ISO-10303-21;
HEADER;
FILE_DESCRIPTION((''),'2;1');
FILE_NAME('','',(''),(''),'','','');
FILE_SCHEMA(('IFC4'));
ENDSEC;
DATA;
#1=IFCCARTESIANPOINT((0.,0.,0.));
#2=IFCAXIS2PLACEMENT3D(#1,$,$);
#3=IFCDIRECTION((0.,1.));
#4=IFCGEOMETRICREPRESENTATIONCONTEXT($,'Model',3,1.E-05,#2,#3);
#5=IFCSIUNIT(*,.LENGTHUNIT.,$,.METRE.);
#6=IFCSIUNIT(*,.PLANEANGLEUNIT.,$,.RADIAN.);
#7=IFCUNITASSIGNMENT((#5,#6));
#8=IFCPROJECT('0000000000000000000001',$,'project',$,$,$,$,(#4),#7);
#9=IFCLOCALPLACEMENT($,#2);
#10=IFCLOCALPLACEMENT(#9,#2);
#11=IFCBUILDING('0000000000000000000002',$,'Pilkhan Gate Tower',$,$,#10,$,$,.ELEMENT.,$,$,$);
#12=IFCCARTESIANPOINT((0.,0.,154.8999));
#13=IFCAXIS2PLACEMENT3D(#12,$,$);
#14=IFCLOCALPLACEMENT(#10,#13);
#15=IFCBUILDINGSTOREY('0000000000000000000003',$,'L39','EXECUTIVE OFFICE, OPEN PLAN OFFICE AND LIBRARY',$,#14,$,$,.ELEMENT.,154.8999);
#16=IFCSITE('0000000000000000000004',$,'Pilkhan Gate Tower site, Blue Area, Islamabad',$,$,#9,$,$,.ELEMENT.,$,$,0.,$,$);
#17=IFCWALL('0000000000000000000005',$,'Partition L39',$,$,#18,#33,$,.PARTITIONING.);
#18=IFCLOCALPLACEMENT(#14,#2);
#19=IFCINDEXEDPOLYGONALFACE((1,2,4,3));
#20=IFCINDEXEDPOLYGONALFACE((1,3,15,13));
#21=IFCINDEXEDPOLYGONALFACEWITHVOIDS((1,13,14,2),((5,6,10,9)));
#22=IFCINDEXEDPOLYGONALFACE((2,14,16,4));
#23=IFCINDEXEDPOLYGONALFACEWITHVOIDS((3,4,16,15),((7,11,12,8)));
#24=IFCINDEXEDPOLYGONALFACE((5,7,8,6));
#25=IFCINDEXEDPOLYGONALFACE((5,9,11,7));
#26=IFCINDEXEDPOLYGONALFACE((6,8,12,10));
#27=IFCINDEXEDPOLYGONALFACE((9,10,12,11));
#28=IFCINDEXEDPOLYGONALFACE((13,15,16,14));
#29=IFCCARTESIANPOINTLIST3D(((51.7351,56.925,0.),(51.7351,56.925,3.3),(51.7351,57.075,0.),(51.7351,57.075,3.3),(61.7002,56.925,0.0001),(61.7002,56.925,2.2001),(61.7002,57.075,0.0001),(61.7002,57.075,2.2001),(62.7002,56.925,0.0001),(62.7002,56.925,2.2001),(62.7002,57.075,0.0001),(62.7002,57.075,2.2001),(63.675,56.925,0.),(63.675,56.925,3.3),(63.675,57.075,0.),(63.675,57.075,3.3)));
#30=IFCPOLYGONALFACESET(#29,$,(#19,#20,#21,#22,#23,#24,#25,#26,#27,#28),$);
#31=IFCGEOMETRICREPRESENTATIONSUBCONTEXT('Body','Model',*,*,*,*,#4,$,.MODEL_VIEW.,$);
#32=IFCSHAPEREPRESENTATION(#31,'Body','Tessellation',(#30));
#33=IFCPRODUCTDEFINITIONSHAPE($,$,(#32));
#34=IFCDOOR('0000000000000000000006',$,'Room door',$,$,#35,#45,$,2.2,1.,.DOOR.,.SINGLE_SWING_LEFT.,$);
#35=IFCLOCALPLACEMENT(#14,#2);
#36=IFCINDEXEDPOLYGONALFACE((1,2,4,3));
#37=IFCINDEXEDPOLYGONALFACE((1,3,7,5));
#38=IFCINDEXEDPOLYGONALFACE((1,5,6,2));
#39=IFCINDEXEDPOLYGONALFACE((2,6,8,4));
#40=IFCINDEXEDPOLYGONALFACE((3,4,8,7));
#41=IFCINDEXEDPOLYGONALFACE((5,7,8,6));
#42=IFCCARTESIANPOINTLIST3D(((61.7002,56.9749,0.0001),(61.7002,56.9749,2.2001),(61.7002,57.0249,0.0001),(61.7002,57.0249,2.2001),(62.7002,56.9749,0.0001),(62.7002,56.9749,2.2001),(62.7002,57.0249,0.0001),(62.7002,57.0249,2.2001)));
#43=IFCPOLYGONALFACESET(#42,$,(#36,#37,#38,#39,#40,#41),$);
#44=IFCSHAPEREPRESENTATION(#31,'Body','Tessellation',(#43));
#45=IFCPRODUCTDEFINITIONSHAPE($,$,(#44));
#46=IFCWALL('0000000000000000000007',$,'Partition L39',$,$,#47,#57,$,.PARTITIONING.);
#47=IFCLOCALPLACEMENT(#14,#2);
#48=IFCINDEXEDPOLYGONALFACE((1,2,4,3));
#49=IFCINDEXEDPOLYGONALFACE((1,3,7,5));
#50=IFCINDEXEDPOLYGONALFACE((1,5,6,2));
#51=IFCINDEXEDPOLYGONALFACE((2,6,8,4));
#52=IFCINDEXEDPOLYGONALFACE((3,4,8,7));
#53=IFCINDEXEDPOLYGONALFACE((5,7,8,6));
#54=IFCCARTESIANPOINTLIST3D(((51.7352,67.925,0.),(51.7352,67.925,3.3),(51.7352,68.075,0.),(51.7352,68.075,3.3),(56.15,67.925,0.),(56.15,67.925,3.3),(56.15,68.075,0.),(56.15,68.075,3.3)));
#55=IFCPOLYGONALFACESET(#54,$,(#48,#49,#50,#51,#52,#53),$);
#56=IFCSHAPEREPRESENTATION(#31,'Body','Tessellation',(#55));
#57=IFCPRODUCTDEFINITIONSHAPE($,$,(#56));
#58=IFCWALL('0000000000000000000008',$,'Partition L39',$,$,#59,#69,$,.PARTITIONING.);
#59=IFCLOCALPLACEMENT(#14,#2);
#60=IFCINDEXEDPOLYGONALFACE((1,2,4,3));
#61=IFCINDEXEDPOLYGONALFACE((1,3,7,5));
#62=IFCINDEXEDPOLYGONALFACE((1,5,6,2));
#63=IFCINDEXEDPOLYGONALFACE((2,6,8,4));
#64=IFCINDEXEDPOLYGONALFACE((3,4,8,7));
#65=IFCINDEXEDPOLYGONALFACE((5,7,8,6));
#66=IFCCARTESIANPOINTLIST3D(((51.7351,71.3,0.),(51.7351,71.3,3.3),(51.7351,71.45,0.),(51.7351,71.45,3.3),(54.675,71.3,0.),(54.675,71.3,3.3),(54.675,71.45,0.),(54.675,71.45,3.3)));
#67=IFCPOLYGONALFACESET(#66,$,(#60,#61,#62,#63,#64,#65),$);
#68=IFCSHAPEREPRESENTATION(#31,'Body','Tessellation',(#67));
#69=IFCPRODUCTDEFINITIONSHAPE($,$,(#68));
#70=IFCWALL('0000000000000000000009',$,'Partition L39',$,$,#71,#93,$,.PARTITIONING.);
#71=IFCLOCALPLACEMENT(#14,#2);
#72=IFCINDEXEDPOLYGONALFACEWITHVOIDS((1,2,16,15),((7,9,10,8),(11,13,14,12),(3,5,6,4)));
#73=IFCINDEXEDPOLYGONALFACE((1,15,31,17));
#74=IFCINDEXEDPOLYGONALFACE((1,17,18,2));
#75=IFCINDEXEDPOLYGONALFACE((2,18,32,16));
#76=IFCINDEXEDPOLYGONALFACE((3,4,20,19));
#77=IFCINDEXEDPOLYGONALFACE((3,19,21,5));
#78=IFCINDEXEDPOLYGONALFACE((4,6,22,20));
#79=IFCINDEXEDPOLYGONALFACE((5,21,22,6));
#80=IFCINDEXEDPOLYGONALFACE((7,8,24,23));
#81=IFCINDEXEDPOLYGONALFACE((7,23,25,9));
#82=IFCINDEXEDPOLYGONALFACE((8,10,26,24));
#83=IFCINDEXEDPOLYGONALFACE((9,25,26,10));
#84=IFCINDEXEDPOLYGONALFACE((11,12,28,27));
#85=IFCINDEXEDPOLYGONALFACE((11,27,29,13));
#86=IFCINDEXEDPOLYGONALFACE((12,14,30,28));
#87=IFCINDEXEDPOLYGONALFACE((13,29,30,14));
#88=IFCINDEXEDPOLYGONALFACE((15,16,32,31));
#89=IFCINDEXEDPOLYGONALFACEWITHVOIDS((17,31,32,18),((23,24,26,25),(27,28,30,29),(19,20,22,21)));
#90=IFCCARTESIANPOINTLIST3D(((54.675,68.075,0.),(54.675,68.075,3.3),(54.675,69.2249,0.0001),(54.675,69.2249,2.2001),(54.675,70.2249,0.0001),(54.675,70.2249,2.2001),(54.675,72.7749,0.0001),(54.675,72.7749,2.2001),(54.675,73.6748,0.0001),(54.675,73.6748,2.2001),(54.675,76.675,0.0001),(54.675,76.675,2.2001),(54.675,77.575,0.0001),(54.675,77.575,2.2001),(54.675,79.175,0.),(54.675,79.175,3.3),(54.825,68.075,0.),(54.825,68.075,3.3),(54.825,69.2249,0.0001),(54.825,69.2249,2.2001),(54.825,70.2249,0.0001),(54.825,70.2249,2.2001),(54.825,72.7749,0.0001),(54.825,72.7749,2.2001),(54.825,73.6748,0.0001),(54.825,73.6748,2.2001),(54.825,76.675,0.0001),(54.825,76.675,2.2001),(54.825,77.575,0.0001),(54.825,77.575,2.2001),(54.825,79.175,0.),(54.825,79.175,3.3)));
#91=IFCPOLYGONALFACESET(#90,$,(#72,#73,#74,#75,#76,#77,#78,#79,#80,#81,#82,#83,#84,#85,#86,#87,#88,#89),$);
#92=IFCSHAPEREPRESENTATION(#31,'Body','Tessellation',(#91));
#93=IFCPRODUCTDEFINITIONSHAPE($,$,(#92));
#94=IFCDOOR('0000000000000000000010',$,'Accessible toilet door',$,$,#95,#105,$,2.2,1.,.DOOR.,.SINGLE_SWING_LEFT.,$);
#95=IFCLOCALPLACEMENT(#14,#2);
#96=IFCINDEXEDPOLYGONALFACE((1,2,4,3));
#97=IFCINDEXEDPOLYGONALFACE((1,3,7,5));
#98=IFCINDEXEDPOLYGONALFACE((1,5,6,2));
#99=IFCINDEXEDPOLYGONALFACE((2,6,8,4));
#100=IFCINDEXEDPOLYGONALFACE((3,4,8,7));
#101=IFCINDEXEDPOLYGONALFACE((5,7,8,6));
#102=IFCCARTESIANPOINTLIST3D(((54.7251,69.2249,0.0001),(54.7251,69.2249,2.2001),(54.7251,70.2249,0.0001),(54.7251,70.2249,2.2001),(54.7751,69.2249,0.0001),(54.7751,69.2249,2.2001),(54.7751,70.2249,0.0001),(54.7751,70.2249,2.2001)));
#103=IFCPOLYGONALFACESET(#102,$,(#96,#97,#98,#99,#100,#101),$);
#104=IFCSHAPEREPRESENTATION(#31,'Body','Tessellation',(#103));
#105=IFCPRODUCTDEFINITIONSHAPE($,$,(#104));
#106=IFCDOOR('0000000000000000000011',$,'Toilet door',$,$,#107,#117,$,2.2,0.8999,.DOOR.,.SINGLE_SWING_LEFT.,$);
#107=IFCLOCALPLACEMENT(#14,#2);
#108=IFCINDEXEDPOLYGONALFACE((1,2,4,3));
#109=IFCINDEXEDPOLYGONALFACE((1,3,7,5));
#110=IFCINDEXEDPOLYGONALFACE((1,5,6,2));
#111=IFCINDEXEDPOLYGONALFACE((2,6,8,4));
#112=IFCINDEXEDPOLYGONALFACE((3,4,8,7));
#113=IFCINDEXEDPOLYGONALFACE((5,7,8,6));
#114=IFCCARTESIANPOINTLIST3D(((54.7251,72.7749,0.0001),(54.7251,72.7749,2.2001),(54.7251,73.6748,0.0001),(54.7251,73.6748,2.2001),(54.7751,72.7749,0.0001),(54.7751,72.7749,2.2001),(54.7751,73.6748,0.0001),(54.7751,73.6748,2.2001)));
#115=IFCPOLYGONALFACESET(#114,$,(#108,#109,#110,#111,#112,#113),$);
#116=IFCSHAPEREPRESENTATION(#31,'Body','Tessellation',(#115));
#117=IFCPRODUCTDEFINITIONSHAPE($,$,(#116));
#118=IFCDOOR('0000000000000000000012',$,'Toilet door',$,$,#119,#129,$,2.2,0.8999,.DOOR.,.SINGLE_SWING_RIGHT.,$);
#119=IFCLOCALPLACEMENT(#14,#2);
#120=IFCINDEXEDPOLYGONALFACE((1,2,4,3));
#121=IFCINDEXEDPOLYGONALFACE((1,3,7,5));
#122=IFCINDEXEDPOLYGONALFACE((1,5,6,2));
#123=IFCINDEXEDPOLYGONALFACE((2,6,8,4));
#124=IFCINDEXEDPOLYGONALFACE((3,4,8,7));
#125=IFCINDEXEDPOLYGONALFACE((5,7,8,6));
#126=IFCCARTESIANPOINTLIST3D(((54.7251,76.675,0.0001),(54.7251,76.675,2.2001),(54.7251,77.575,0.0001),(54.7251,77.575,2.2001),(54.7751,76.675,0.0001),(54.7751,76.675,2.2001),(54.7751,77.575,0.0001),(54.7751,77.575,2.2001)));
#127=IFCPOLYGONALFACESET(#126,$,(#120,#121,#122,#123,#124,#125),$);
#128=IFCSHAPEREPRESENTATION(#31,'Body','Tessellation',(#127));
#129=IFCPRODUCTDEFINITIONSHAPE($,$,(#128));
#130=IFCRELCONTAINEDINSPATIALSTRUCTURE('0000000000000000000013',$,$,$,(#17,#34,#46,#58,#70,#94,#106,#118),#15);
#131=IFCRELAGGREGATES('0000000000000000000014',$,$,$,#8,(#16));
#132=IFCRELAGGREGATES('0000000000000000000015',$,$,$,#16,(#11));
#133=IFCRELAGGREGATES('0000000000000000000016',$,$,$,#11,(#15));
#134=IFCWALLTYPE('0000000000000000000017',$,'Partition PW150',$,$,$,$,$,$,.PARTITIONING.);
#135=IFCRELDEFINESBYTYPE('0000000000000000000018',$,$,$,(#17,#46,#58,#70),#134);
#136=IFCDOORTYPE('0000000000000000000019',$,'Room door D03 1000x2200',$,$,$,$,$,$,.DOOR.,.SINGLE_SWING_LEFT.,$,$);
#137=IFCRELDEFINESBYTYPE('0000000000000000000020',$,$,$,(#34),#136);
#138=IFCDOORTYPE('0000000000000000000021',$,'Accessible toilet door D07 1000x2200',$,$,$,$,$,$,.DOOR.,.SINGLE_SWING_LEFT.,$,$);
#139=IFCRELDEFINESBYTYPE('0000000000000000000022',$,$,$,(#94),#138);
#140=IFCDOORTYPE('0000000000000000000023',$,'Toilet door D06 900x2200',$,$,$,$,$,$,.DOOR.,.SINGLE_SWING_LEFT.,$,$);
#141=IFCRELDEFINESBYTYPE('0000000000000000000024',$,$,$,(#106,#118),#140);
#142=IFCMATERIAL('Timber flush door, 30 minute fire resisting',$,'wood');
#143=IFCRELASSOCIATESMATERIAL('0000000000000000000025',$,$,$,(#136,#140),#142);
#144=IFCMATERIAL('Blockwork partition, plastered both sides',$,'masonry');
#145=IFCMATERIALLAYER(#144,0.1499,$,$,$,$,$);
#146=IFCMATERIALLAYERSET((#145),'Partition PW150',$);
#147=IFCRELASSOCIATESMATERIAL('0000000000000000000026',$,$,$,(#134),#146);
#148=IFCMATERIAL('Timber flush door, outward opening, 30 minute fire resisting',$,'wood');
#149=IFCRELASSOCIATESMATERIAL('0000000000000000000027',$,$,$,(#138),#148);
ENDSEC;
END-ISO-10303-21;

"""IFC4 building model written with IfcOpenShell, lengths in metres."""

from ifc_helpers import new_model, si_unit, direction, frame, frame_2d, origin, place, context, subcontext, project, spatial, rectangle, extrude, material, layer, layer_set, type_object, element, fill, save


model = new_model("IFC4")

# Units and contexts
model_context = context("Model", 3, precision=1e-05, world=origin(), true_north=direction((0.0, 1.0)))
body_context = subcontext(model_context, "Body", "Model", "MODEL_VIEW")
ifc_project = project(units=[si_unit("LENGTHUNIT", "METRE"), si_unit("PLANEANGLEUNIT", "RADIAN")], contexts=[model_context])

# Site, building, storey
site_placement = place(None, origin())
site = spatial("IfcSite", under=ifc_project, at=site_placement, Name="Pilkhan Gate Tower site, Blue Area, Islamabad", CompositionType="ELEMENT", RefElevation=0.0)
building_placement = place(site_placement, origin())
building = spatial("IfcBuilding", under=site, at=building_placement, Name="Pilkhan Gate Tower", CompositionType="ELEMENT")
storey_placement = place(building_placement, frame((0.0, 0.0, 154.8999)))
storey = spatial("IfcBuildingStorey", under=building, at=storey_placement, Name="L39", Description="EXECUTIVE OFFICE, OPEN PLAN OFFICE AND LIBRARY", CompositionType="ELEMENT", Elevation=154.8999)

# Shared definitions
ifc_material_1 = material(Name="Timber flush door, 30 minute fire resisting", Category="wood")
door_type_1 = type_object("IfcDoorType", Name="Room door D03 1000x2200", OperationType="SINGLE_SWING_LEFT", PredefinedType="DOOR", material=ifc_material_1)

# Wall, opening, door
ifc_material_2 = material(Name="Blockwork partition, plastered both sides", Category="masonry")
ifc_layer_1 = layer(ifc_material_2, 0.1499)
ifc_layer_set_1 = layer_set([ifc_layer_1], Name="Partition PW150")
wall_type_1 = type_object("IfcWallType", Name="Partition PW150", PredefinedType="PARTITIONING", material=ifc_layer_set_1)
wall_1_placement = place(storey_placement, frame((51.7351, 57.0, 0.0), z_axis=(0.0, 0.0, 1.0), x_axis=(1.0, 0.0, 0.0)))
wall_1 = element("IfcWall", 1, at=wall_1_placement, inside=storey, type_object=wall_type_1, Name="Partition L39", PredefinedType="PARTITIONING", context=body_context, shape_type="SweptSolid", body=[
    extrude(rectangle(XDim=11.9399, YDim=0.1499, at=frame_2d((5.97, 0.0))), origin(), (0.0, 0.0, 1.0), 3.3),
])
opening_1_placement = place(wall_1_placement, frame((9.9651, 0.0, 0.0)))
opening_1 = element("IfcOpeningElement", 2, at=opening_1_placement, cuts=wall_1, PredefinedType="OPENING", context=body_context, shape_type="SweptSolid", body=[
    extrude(rectangle(XDim=1.0, YDim=2.2, at=frame_2d((0.5, 1.1001))), frame((0.0, 0.085, 0.0), z_axis=(0.0, -1.0, 0.0), x_axis=(1.0, 0.0, 0.0)), (0.0, 0.0, 1.0), 0.1699),
])
door_1_placement = place(opening_1_placement, origin())
door_1 = element("IfcDoor", 3, at=door_1_placement, inside=storey, type_object=door_type_1, Name="Room door", OperationType="SINGLE_SWING_LEFT", OverallHeight=2.2, OverallWidth=1.0, PredefinedType="DOOR", context=body_context, shape_type="SweptSolid", body=[
    extrude(rectangle(XDim=1.0, YDim=2.2, at=frame_2d((0.5, 1.1001))), frame((0.0, 0.0249, 0.0), z_axis=(0.0, -1.0, 0.0), x_axis=(1.0, 0.0, 0.0)), (0.0, 0.0, 1.0), 0.05),
])
fill(opening_1, door_1)

# Walls
wall_2_placement = place(storey_placement, frame((51.7351, 68.0, 0.0), z_axis=(0.0, 0.0, 1.0), x_axis=(1.0, 0.0, 0.0)))
element("IfcWall", 4, at=wall_2_placement, inside=storey, type_object=wall_type_1, Name="Partition L39", PredefinedType="PARTITIONING", context=body_context, shape_type="SweptSolid", body=[
    extrude(rectangle(XDim=4.4148, YDim=0.1499, at=frame_2d((2.2075, 0.0))), origin(), (0.0, 0.0, 1.0), 3.3),
])
wall_3_placement = place(storey_placement, frame((51.7351, 71.375, 0.0), z_axis=(0.0, 0.0, 1.0), x_axis=(1.0, 0.0, 0.0)))
element("IfcWall", 5, at=wall_3_placement, inside=storey, type_object=wall_type_1, Name="Partition L39", PredefinedType="PARTITIONING", context=body_context, shape_type="SweptSolid", body=[
    extrude(rectangle(XDim=2.9399, YDim=0.1499, at=frame_2d((1.47, 0.0))), origin(), (0.0, 0.0, 1.0), 3.3),
])

# Wall, openings, doors
wall_4_placement = place(storey_placement, frame((54.75, 68.075, 0.0), z_axis=(0.0, 0.0, 1.0), x_axis=(0.0, 1.0, 0.0)))
wall_4 = element("IfcWall", 6, at=wall_4_placement, inside=storey, type_object=wall_type_1, Name="Partition L39", PredefinedType="PARTITIONING", context=body_context, shape_type="SweptSolid", body=[
    extrude(rectangle(XDim=11.1001, YDim=0.1499, at=frame_2d((5.55, 0.0))), origin(), (0.0, 0.0, 1.0), 3.3),
])
opening_2_placement = place(wall_4_placement, frame((1.1499, 0.0, 0.0)))
opening_2 = element("IfcOpeningElement", 7, at=opening_2_placement, cuts=wall_4, PredefinedType="OPENING", context=body_context, shape_type="SweptSolid", body=[
    extrude(rectangle(XDim=1.0, YDim=2.2, at=frame_2d((0.5, 1.1001))), frame((0.0, 0.085, 0.0), z_axis=(0.0, -1.0, 0.0), x_axis=(1.0, 0.0, 0.0)), (0.0, 0.0, 1.0), 0.1699),
])
opening_3_placement = place(wall_4_placement, frame((4.7, 0.0, 0.0)))
opening_3 = element("IfcOpeningElement", 8, at=opening_3_placement, cuts=wall_4, PredefinedType="OPENING", context=body_context, shape_type="SweptSolid", body=[
    extrude(rectangle(XDim=0.8999, YDim=2.2, at=frame_2d((0.45, 1.1001))), frame((0.0, 0.085, 0.0), z_axis=(0.0, -1.0, 0.0), x_axis=(1.0, 0.0, 0.0)), (0.0, 0.0, 1.0), 0.1699),
])
opening_4_placement = place(wall_4_placement, frame((8.6001, 0.0, 0.0)))
opening_4 = element("IfcOpeningElement", 9, at=opening_4_placement, cuts=wall_4, PredefinedType="OPENING", context=body_context, shape_type="SweptSolid", body=[
    extrude(rectangle(XDim=0.8999, YDim=2.2, at=frame_2d((0.45, 1.1001))), frame((0.0, 0.085, 0.0), z_axis=(0.0, -1.0, 0.0), x_axis=(1.0, 0.0, 0.0)), (0.0, 0.0, 1.0), 0.1699),
])
ifc_material_3 = material(Name="Timber flush door, outward opening, 30 minute fire resisting", Category="wood")
door_type_2 = type_object("IfcDoorType", Name="Accessible toilet door D07 1000x2200", OperationType="SINGLE_SWING_LEFT", PredefinedType="DOOR", material=ifc_material_3)
door_2_placement = place(opening_2_placement, origin())
door_2 = element("IfcDoor", 10, at=door_2_placement, inside=storey, type_object=door_type_2, Name="Accessible toilet door", OperationType="SINGLE_SWING_LEFT", OverallHeight=2.2, OverallWidth=1.0, PredefinedType="DOOR", context=body_context, shape_type="SweptSolid", body=[
    extrude(rectangle(XDim=1.0, YDim=2.2, at=frame_2d((0.5, 1.1001))), frame((0.0, 0.0249, 0.0), z_axis=(0.0, -1.0, 0.0), x_axis=(1.0, 0.0, 0.0)), (0.0, 0.0, 1.0), 0.05),
])
fill(opening_2, door_2)
door_type_3 = type_object("IfcDoorType", Name="Toilet door D06 900x2200", OperationType="SINGLE_SWING_LEFT", PredefinedType="DOOR", material=ifc_material_1)
door_3_placement = place(opening_3_placement, origin())
door_3 = element("IfcDoor", 11, at=door_3_placement, inside=storey, type_object=door_type_3, Name="Toilet door", OperationType="SINGLE_SWING_LEFT", OverallHeight=2.2, OverallWidth=0.8999, PredefinedType="DOOR", context=body_context, shape_type="SweptSolid", body=[
    extrude(rectangle(XDim=0.8999, YDim=2.2, at=frame_2d((0.45, 1.1001))), frame((0.0, 0.0249, 0.0), z_axis=(0.0, -1.0, 0.0), x_axis=(1.0, 0.0, 0.0)), (0.0, 0.0, 1.0), 0.05),
])
fill(opening_3, door_3)
door_4_placement = place(opening_4_placement, origin())
door_4 = element("IfcDoor", 12, at=door_4_placement, inside=storey, type_object=door_type_3, Name="Toilet door", OperationType="SINGLE_SWING_RIGHT", OverallHeight=2.2, OverallWidth=0.8999, PredefinedType="DOOR", context=body_context, shape_type="SweptSolid", body=[
    extrude(rectangle(XDim=0.8999, YDim=2.2, at=frame_2d((0.45, 1.1001))), frame((0.0, 0.0249, 0.0), z_axis=(0.0, -1.0, 0.0), x_axis=(1.0, 0.0, 0.0)), (0.0, 0.0, 1.0), 0.05),
])
fill(opening_4, door_4)

save(model, "model.ifc")
